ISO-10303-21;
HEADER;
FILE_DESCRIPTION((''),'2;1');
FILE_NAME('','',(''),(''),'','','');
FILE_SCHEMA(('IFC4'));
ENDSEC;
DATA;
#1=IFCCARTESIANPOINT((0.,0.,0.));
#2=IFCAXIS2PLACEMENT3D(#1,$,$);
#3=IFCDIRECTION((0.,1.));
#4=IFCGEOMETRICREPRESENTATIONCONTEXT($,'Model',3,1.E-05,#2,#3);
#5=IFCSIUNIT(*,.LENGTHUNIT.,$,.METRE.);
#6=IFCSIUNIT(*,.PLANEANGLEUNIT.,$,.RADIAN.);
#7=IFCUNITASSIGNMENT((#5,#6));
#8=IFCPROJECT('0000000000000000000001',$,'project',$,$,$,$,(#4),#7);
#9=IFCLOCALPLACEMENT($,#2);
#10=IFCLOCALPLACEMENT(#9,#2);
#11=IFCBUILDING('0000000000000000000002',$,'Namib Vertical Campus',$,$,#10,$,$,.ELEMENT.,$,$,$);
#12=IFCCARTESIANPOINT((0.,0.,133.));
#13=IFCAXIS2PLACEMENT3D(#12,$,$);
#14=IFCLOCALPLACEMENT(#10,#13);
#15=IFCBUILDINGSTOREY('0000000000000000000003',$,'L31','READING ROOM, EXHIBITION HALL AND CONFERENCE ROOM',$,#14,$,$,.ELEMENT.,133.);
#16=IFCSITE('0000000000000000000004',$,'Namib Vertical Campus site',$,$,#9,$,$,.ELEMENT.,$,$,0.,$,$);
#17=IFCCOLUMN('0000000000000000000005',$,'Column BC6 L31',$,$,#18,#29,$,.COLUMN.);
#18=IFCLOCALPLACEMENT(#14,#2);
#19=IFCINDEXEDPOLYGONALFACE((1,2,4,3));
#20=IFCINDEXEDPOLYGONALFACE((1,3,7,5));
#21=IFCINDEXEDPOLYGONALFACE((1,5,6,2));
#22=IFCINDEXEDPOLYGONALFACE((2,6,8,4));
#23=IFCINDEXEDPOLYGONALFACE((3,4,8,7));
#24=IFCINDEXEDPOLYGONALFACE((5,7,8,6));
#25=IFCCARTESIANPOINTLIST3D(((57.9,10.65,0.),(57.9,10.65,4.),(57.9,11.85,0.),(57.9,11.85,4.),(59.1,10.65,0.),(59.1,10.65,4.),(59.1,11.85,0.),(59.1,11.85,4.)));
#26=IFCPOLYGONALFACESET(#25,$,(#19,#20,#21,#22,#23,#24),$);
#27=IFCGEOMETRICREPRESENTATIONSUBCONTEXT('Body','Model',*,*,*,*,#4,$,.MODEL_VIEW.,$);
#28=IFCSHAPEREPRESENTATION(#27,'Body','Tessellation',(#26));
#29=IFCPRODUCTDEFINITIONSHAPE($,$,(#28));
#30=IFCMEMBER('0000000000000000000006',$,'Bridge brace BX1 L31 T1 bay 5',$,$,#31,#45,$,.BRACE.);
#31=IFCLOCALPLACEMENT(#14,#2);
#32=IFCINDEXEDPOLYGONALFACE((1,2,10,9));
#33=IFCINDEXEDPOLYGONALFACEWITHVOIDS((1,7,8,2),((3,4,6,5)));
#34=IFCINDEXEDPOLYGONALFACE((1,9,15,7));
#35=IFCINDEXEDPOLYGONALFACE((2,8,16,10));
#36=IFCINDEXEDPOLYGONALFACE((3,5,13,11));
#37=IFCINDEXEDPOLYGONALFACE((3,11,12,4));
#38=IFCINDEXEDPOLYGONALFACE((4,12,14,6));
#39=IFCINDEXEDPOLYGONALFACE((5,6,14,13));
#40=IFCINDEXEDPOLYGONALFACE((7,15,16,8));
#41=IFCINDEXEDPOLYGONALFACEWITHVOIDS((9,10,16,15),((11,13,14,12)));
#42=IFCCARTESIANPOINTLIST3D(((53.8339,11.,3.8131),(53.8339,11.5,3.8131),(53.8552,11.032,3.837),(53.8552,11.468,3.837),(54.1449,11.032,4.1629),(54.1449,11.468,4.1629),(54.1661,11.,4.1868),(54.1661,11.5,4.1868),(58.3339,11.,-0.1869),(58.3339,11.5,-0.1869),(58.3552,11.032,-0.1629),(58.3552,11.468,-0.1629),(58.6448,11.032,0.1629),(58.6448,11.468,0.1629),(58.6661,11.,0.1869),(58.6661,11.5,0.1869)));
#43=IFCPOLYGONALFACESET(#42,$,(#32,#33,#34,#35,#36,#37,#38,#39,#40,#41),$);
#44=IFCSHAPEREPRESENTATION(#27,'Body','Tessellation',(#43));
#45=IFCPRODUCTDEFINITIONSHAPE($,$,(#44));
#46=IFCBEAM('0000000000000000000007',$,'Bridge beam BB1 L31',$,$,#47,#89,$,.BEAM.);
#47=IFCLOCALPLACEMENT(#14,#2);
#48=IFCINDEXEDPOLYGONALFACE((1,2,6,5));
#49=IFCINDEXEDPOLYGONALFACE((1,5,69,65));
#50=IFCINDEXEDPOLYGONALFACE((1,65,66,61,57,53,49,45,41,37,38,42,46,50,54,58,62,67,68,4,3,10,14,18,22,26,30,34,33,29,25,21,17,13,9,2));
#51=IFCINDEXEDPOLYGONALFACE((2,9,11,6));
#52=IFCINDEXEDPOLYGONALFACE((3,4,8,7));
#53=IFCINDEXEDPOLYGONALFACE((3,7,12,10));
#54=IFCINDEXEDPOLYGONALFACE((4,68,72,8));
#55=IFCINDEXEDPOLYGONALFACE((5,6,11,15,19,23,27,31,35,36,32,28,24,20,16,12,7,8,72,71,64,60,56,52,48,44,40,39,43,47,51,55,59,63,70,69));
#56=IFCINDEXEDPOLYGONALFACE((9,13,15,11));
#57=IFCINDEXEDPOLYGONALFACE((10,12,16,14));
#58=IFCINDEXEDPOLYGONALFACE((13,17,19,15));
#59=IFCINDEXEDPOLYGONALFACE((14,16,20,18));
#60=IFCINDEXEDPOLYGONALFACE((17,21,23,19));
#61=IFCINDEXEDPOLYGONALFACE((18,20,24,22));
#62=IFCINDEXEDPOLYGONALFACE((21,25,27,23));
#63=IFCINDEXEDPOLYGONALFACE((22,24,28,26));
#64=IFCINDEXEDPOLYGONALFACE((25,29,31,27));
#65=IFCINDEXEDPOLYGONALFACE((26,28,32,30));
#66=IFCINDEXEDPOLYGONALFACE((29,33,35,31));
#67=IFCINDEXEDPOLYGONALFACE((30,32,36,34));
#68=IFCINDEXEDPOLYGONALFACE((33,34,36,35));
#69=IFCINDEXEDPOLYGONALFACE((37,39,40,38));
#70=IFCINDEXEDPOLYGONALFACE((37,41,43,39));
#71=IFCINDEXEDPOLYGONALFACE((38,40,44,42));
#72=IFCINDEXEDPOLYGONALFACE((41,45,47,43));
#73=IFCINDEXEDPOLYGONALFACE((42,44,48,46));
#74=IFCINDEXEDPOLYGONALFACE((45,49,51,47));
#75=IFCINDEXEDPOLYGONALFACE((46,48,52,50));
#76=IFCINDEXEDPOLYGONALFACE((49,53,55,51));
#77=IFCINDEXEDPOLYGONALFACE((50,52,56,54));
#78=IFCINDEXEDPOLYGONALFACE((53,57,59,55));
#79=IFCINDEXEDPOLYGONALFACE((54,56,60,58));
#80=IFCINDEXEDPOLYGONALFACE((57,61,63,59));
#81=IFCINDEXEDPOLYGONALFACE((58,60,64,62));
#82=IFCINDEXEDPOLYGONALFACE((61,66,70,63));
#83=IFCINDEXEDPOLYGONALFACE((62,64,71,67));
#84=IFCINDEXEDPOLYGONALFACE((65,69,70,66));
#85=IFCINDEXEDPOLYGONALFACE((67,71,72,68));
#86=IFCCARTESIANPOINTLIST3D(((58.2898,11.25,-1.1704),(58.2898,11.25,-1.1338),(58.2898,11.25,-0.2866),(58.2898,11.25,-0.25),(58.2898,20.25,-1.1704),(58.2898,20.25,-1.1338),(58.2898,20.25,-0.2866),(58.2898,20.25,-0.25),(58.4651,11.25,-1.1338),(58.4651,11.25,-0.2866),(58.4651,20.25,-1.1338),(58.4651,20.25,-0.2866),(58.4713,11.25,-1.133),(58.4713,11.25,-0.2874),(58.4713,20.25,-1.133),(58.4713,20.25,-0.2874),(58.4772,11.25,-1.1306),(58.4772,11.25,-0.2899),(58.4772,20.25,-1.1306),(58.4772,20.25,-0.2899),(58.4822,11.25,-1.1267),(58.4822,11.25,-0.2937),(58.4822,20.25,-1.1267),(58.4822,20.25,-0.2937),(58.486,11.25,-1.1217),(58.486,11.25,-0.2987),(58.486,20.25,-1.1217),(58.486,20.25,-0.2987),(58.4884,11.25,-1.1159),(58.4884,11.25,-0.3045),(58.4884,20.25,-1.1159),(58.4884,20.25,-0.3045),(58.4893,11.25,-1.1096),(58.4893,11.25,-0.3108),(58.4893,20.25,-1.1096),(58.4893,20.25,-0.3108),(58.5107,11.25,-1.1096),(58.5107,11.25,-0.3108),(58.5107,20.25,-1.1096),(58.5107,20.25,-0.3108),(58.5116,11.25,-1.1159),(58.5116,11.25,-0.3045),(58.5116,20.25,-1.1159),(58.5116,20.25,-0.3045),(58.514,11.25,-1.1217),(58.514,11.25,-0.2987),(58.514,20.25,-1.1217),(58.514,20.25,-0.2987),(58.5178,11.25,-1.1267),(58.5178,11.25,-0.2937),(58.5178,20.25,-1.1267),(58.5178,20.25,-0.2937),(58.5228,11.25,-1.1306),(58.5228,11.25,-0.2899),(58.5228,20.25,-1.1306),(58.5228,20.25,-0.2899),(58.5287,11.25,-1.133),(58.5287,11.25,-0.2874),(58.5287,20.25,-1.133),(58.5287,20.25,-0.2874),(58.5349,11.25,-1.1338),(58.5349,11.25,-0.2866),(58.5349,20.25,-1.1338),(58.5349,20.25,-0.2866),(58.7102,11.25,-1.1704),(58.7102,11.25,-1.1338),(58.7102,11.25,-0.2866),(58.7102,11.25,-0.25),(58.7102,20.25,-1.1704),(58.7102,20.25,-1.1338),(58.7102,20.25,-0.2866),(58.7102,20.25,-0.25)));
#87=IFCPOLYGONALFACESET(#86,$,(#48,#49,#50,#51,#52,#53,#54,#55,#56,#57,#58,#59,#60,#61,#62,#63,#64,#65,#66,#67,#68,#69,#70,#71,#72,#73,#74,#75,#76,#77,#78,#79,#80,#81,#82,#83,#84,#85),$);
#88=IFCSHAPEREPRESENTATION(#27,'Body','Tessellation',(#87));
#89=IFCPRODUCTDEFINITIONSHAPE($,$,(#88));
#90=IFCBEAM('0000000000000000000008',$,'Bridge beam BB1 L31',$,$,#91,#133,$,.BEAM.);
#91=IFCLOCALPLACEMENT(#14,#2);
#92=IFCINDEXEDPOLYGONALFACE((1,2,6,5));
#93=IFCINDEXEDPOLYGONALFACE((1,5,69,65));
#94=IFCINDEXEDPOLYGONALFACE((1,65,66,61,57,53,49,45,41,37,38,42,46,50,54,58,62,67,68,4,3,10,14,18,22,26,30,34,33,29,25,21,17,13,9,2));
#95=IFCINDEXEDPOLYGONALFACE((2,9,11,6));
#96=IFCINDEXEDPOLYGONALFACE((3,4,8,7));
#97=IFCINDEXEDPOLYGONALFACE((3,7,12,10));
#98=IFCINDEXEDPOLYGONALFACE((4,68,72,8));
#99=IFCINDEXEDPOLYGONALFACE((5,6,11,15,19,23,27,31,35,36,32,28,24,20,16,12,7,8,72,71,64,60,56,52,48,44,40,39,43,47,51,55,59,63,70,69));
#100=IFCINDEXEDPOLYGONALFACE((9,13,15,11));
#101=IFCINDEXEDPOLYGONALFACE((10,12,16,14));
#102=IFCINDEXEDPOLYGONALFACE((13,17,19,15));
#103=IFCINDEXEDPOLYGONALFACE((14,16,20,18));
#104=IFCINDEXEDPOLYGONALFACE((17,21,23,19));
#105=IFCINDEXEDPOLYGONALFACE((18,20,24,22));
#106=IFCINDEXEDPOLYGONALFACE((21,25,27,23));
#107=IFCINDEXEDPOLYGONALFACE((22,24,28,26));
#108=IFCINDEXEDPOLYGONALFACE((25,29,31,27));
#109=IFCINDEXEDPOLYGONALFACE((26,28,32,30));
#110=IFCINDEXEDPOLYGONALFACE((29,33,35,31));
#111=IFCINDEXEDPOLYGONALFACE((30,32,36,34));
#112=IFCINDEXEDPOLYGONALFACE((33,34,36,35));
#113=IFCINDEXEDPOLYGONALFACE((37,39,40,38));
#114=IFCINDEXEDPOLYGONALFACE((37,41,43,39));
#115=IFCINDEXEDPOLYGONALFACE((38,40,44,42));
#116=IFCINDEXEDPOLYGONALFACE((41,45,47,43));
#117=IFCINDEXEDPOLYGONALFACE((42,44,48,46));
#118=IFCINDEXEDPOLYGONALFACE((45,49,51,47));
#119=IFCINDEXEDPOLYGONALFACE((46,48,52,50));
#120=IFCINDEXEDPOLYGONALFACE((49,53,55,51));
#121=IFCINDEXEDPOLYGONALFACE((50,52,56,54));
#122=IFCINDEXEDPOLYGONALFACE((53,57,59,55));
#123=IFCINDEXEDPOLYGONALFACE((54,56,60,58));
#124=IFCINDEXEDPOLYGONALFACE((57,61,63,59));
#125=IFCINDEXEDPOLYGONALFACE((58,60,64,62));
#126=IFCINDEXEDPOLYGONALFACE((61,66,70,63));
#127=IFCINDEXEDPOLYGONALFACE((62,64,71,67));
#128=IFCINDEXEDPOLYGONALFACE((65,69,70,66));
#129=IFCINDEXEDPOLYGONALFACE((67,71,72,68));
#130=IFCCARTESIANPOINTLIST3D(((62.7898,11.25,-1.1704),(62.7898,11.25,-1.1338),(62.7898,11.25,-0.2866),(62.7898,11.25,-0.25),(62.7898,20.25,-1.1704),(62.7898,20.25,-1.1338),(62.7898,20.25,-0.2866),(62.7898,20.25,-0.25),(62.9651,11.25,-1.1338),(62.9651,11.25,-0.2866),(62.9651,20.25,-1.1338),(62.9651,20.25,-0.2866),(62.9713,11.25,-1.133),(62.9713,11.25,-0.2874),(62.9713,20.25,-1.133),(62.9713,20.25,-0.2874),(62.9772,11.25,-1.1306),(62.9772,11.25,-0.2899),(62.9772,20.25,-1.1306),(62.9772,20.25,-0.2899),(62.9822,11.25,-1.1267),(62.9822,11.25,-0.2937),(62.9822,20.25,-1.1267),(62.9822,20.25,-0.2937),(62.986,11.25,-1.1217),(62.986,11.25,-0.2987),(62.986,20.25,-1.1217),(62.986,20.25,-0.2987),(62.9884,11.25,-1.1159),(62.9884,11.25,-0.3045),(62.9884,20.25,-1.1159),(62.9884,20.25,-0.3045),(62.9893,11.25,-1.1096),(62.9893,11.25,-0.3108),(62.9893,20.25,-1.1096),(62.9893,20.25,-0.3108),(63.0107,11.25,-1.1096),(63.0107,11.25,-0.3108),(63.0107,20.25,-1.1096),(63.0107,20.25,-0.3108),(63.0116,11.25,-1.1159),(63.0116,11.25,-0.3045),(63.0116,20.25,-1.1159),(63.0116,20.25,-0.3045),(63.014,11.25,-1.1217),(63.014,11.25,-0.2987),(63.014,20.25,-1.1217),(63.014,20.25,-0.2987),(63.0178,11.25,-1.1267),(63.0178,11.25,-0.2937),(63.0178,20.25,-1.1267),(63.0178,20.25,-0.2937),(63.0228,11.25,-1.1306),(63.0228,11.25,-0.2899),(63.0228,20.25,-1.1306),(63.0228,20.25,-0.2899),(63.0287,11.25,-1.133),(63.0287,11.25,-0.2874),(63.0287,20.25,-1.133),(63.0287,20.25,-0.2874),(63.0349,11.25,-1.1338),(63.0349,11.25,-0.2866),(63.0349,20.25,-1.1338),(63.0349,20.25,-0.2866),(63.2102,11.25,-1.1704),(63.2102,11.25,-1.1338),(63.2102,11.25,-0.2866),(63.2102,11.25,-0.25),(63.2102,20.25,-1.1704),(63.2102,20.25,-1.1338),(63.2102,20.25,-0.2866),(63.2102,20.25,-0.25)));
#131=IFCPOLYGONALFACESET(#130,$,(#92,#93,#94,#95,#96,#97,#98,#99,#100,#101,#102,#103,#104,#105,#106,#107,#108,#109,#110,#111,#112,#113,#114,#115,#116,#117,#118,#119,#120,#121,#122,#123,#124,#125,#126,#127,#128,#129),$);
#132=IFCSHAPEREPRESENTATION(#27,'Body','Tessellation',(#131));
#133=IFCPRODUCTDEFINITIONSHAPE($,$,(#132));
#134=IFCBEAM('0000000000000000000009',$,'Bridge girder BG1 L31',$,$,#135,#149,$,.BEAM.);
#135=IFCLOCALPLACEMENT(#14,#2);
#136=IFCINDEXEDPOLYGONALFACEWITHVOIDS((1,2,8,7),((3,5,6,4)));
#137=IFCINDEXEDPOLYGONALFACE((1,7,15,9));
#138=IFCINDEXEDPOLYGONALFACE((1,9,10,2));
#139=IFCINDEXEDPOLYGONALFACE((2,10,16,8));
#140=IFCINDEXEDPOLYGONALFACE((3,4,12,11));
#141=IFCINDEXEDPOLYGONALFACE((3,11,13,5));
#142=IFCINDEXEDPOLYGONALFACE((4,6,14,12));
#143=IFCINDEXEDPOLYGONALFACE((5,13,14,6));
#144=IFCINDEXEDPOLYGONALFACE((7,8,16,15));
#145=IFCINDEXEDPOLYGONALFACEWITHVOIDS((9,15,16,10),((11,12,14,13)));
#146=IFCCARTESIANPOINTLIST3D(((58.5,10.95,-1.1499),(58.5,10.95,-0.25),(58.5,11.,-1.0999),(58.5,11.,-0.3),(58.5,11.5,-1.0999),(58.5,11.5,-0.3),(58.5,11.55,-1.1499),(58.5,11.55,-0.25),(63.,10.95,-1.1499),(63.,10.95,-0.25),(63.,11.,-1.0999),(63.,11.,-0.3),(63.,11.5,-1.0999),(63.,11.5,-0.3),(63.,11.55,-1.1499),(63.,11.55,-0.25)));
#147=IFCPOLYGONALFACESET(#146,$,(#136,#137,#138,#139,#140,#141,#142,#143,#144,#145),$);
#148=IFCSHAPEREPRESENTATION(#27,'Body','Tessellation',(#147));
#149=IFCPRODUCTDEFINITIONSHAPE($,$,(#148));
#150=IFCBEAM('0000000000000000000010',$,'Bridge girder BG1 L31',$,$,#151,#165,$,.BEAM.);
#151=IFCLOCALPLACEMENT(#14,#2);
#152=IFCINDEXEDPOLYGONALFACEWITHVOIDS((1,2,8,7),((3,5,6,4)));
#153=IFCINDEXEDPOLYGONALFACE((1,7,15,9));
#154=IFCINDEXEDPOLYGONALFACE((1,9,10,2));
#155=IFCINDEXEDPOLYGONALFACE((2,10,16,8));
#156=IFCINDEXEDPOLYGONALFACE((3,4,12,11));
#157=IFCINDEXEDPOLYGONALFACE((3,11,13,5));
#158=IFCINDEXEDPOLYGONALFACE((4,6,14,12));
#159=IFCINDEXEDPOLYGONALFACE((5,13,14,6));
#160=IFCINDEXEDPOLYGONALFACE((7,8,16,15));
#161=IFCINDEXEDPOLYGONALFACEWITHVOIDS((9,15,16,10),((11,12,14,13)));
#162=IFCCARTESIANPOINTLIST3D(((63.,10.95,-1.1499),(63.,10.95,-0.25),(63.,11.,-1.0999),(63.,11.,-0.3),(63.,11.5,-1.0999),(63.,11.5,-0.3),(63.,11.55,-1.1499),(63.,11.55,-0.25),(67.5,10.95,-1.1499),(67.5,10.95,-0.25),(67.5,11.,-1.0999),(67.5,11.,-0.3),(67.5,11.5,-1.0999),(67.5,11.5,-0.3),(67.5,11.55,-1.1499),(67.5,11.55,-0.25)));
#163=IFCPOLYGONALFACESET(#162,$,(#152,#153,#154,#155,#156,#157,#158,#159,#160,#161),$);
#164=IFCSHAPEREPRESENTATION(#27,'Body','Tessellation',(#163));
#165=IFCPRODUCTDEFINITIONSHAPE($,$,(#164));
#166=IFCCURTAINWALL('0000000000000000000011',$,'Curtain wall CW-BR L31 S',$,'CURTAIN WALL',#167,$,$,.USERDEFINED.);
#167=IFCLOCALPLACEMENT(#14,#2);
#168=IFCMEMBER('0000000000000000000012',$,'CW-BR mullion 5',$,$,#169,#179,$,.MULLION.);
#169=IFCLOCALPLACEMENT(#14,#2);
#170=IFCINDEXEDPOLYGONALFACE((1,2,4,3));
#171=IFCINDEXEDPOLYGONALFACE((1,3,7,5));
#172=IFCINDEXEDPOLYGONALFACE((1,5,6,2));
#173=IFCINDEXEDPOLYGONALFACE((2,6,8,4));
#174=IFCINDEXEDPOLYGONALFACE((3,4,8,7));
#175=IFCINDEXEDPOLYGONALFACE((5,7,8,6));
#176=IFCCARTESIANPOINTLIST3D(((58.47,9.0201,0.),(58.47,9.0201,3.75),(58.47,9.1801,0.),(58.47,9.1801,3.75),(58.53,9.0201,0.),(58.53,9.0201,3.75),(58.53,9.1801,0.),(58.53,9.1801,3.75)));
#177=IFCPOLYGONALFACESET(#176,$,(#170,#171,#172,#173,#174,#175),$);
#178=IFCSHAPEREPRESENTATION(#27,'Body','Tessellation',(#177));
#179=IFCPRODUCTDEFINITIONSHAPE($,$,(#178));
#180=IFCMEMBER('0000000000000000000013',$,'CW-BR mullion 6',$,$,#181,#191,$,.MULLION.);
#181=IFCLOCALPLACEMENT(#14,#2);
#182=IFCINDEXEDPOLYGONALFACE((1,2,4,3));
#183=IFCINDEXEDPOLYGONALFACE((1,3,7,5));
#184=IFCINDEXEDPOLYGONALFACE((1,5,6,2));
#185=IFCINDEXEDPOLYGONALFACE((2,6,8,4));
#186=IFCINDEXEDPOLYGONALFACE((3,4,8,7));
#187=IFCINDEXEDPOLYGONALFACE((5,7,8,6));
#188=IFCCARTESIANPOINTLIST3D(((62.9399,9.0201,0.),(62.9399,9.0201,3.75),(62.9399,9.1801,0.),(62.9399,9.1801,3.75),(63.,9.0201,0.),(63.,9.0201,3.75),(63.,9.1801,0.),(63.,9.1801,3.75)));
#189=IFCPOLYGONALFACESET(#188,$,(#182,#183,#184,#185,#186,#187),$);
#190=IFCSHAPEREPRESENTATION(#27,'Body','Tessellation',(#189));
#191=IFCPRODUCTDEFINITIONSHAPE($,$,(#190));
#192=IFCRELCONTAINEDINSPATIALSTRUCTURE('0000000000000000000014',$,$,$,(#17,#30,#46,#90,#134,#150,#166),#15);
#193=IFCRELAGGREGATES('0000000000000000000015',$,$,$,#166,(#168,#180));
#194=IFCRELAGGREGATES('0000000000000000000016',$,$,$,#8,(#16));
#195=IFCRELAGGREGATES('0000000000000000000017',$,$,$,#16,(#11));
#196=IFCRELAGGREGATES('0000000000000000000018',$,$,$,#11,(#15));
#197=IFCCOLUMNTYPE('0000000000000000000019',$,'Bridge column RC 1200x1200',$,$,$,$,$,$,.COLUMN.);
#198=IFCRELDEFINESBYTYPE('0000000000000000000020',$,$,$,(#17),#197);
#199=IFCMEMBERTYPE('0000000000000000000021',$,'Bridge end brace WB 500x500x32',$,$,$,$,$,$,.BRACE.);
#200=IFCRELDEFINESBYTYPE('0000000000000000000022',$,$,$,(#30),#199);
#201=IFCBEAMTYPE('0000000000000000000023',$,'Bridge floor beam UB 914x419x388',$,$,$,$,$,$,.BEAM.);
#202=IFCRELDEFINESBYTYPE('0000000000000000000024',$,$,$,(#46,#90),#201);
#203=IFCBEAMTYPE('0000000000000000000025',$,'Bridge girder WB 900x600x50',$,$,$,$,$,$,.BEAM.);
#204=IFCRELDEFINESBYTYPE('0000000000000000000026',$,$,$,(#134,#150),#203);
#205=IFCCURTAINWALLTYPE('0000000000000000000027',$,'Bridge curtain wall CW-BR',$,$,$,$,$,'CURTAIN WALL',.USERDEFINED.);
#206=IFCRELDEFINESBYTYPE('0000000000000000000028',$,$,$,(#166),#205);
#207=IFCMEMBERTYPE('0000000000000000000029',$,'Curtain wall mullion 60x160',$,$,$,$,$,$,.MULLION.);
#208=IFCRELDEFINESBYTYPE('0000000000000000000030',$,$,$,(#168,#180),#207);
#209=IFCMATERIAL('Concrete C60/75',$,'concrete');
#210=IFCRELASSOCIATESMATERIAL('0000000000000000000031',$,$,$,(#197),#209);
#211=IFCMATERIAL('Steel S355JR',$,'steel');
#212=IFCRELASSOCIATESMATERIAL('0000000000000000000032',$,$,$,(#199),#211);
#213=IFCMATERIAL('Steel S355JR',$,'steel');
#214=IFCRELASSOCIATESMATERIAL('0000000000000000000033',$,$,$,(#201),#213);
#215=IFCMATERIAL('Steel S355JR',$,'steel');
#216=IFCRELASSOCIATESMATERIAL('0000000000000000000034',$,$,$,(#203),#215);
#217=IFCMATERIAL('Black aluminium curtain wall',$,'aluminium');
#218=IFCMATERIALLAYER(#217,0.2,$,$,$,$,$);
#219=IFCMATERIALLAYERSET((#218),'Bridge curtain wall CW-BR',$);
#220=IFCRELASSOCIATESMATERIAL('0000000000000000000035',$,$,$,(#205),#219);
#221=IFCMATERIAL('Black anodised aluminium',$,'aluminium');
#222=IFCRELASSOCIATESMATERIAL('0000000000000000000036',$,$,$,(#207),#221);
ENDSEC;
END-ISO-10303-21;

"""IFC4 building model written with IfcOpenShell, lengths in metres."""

from ifc_helpers import new_model, si_unit, direction, frame, origin, origin_2d, place, context, subcontext, project, spatial, rectangle, hollow_rectangle, i_section, extrude, material, layer, layer_set, material_profile, profile_set, type_object, element, aggregate, save


model = new_model("IFC4")

# Units and contexts
model_context = context("Model", 3, precision=1e-05, world=origin(), true_north=direction((0.0, 1.0)))
body_context = subcontext(model_context, "Body", "Model", "MODEL_VIEW")
ifc_project = project(units=[si_unit("LENGTHUNIT", "METRE"), si_unit("PLANEANGLEUNIT", "RADIAN")], contexts=[model_context])

# Site, building, storey
site_placement = place(None, origin())
site = spatial("IfcSite", under=ifc_project, at=site_placement, Name="Namib Vertical Campus site", CompositionType="ELEMENT", RefElevation=0.0)
building_placement = place(site_placement, origin())
building = spatial("IfcBuilding", under=site, at=building_placement, Name="Namib Vertical Campus", CompositionType="ELEMENT")
storey_placement = place(building_placement, frame((0.0, 0.0, 133.0)))
storey = spatial("IfcBuildingStorey", under=building, at=storey_placement, Name="L31", Description="READING ROOM, EXHIBITION HALL AND CONFERENCE ROOM", CompositionType="ELEMENT", Elevation=133.0)

# Column
ifc_material_1 = material(Name="Concrete C60/75", Category="concrete")
ifc_material_profile_1 = material_profile(ifc_material_1, rectangle(XDim=1.2, YDim=1.2, at=origin_2d()))
ifc_profile_set_1 = profile_set([ifc_material_profile_1], Name="Concrete C60/75")
column_type = type_object("IfcColumnType", Name="Bridge column RC 1200x1200", PredefinedType="COLUMN", material=ifc_profile_set_1)
column_placement = place(storey_placement, frame((58.5, 11.25, 0.0), z_axis=(0.0, 0.0, 1.0), x_axis=(1.0, 0.0, 0.0)))
element("IfcColumn", 1, at=column_placement, inside=storey, type_object=column_type, Name="Column BC6 L31", PredefinedType="COLUMN", context=body_context, shape_type="SweptSolid", body=[
    extrude(rectangle(XDim=1.2, YDim=1.2, at=origin_2d()), origin(), (0.0, 0.0, 1.0), 4.0),
])

# Member
ifc_material_2 = material(Name="Steel S355JR", Category="steel")
ifc_material_profile_2 = material_profile(ifc_material_2, hollow_rectangle(XDim=0.5, YDim=0.5, WallThickness=0.032, at=origin_2d()))
ifc_profile_set_2 = profile_set([ifc_material_profile_2], Name="Steel S355JR")
member_type_1 = type_object("IfcMemberType", Name="Bridge end brace WB 500x500x32", PredefinedType="BRACE", material=ifc_profile_set_2)
member_1_placement = place(storey_placement, frame((58.5, 11.25, 0.0), z_axis=(-0.747409, 0.0, 0.664364), x_axis=(0.0, -1.0, 0.0)))
element("IfcMember", 2, at=member_1_placement, inside=storey, type_object=member_type_1, Name="Bridge brace BX1 L31 T1 bay 5", PredefinedType="BRACE", context=body_context, shape_type="SweptSolid", body=[
    extrude(hollow_rectangle(XDim=0.5, YDim=0.5, WallThickness=0.032, at=origin_2d()), origin(), (0.0, 0.0, 1.0), 6.0208),
])

# Beams
ifc_material_3 = material(Name="Steel S355JR", Category="steel")
ifc_material_profile_3 = material_profile(ifc_material_3, i_section(OverallWidth=0.4204, OverallDepth=0.9204, WebThickness=0.0215, FlangeThickness=0.0366, FilletRadius=0.0242, at=origin_2d()))
ifc_profile_set_3 = profile_set([ifc_material_profile_3], Name="Steel S355JR")
beam_type_1 = type_object("IfcBeamType", Name="Bridge floor beam UB 914x419x388", PredefinedType="BEAM", material=ifc_profile_set_3)
for number, where, z_axis, x_axis, name in (
    (3, (58.5, 11.25, -0.7102), (0.0, 1.0, 0.0), (-1.0, 0.0, 0.0), "Bridge beam BB1 L31"),
    (4, (63.0, 11.25, -0.7102), (0.0, 1.0, 0.0), (-1.0, 0.0, 0.0), "Bridge beam BB1 L31"),
):
    element("IfcBeam", number, at=place(storey_placement, frame(where, z_axis=z_axis, x_axis=x_axis)), inside=storey, type_object=beam_type_1, Name=name, PredefinedType="BEAM", context=body_context, shape_type="SweptSolid", body=[
        extrude(i_section(OverallWidth=0.4204, OverallDepth=0.9204, WebThickness=0.0215, FlangeThickness=0.0366, FilletRadius=0.0242, at=origin_2d()), origin(), (0.0, 0.0, 1.0), 9.0),
    ])
ifc_material_4 = material(Name="Steel S355JR", Category="steel")
ifc_material_profile_4 = material_profile(ifc_material_4, hollow_rectangle(XDim=0.6001, YDim=0.8999, WallThickness=0.05, at=origin_2d()))
ifc_profile_set_4 = profile_set([ifc_material_profile_4], Name="Steel S355JR")
beam_type_2 = type_object("IfcBeamType", Name="Bridge girder WB 900x600x50", PredefinedType="BEAM", material=ifc_profile_set_4)
for number, where, z_axis, x_axis, name in (
    (5, (58.5, 11.25, -0.7), (1.0, 0.0, 0.0), (0.0, 1.0, 0.0), "Bridge girder BG1 L31"),
    (6, (63.0, 11.25, -0.7), (1.0, 0.0, 0.0), (0.0, 1.0, 0.0), "Bridge girder BG1 L31"),
):
    element("IfcBeam", number, at=place(storey_placement, frame(where, z_axis=z_axis, x_axis=x_axis)), inside=storey, type_object=beam_type_2, Name=name, PredefinedType="BEAM", context=body_context, shape_type="SweptSolid", body=[
        extrude(hollow_rectangle(XDim=0.6001, YDim=0.8999, WallThickness=0.05, at=origin_2d()), origin(), (0.0, 0.0, 1.0), 4.5),
    ])

# Curtain wall, members
ifc_material_5 = material(Name="Black aluminium curtain wall", Category="aluminium")
ifc_layer_1 = layer(ifc_material_5, 0.2)
ifc_layer_set_1 = layer_set([ifc_layer_1], Name="Bridge curtain wall CW-BR")
curtain_wall_type = type_object("IfcCurtainWallType", Name="Bridge curtain wall CW-BR", ElementType="CURTAIN WALL", PredefinedType="USERDEFINED", material=ifc_layer_set_1)
curtain_wall_placement = place(storey_placement, origin())
curtain_wall = element("IfcCurtainWall", 7, at=curtain_wall_placement, inside=storey, type_object=curtain_wall_type, Name="Curtain wall CW-BR L31 S", ObjectType="CURTAIN WALL", PredefinedType="USERDEFINED")
ifc_material_6 = material(Name="Black anodised aluminium", Category="aluminium")
ifc_material_profile_5 = material_profile(ifc_material_6, rectangle(XDim=0.0601, YDim=0.1599, at=origin_2d()))
ifc_profile_set_5 = profile_set([ifc_material_profile_5], Name="Black anodised aluminium")
member_type_2 = type_object("IfcMemberType", Name="Curtain wall mullion 60x160", PredefinedType="MULLION", material=ifc_profile_set_5)
member_2_placement = place(storey_placement, frame((58.5, 9.1001, 0.0), z_axis=(0.0, 0.0, 1.0), x_axis=(1.0, 0.0, 0.0)))
member_2 = element("IfcMember", 8, at=member_2_placement, type_object=member_type_2, Name="CW-BR mullion 5", PredefinedType="MULLION", context=body_context, shape_type="SweptSolid", body=[
    extrude(rectangle(XDim=0.0601, YDim=0.1599, at=origin_2d()), origin(), (0.0, 0.0, 1.0), 3.75),
])
member_3_placement = place(storey_placement, frame((62.97, 9.1001, 0.0), z_axis=(0.0, 0.0, 1.0), x_axis=(1.0, 0.0, 0.0)))
member_3 = element("IfcMember", 9, at=member_3_placement, type_object=member_type_2, Name="CW-BR mullion 6", PredefinedType="MULLION", context=body_context, shape_type="SweptSolid", body=[
    extrude(rectangle(XDim=0.0601, YDim=0.1599, at=origin_2d()), origin(), (0.0, 0.0, 1.0), 3.75),
])
aggregate(curtain_wall, [member_2, member_3])

save(model, "model.ifc")
